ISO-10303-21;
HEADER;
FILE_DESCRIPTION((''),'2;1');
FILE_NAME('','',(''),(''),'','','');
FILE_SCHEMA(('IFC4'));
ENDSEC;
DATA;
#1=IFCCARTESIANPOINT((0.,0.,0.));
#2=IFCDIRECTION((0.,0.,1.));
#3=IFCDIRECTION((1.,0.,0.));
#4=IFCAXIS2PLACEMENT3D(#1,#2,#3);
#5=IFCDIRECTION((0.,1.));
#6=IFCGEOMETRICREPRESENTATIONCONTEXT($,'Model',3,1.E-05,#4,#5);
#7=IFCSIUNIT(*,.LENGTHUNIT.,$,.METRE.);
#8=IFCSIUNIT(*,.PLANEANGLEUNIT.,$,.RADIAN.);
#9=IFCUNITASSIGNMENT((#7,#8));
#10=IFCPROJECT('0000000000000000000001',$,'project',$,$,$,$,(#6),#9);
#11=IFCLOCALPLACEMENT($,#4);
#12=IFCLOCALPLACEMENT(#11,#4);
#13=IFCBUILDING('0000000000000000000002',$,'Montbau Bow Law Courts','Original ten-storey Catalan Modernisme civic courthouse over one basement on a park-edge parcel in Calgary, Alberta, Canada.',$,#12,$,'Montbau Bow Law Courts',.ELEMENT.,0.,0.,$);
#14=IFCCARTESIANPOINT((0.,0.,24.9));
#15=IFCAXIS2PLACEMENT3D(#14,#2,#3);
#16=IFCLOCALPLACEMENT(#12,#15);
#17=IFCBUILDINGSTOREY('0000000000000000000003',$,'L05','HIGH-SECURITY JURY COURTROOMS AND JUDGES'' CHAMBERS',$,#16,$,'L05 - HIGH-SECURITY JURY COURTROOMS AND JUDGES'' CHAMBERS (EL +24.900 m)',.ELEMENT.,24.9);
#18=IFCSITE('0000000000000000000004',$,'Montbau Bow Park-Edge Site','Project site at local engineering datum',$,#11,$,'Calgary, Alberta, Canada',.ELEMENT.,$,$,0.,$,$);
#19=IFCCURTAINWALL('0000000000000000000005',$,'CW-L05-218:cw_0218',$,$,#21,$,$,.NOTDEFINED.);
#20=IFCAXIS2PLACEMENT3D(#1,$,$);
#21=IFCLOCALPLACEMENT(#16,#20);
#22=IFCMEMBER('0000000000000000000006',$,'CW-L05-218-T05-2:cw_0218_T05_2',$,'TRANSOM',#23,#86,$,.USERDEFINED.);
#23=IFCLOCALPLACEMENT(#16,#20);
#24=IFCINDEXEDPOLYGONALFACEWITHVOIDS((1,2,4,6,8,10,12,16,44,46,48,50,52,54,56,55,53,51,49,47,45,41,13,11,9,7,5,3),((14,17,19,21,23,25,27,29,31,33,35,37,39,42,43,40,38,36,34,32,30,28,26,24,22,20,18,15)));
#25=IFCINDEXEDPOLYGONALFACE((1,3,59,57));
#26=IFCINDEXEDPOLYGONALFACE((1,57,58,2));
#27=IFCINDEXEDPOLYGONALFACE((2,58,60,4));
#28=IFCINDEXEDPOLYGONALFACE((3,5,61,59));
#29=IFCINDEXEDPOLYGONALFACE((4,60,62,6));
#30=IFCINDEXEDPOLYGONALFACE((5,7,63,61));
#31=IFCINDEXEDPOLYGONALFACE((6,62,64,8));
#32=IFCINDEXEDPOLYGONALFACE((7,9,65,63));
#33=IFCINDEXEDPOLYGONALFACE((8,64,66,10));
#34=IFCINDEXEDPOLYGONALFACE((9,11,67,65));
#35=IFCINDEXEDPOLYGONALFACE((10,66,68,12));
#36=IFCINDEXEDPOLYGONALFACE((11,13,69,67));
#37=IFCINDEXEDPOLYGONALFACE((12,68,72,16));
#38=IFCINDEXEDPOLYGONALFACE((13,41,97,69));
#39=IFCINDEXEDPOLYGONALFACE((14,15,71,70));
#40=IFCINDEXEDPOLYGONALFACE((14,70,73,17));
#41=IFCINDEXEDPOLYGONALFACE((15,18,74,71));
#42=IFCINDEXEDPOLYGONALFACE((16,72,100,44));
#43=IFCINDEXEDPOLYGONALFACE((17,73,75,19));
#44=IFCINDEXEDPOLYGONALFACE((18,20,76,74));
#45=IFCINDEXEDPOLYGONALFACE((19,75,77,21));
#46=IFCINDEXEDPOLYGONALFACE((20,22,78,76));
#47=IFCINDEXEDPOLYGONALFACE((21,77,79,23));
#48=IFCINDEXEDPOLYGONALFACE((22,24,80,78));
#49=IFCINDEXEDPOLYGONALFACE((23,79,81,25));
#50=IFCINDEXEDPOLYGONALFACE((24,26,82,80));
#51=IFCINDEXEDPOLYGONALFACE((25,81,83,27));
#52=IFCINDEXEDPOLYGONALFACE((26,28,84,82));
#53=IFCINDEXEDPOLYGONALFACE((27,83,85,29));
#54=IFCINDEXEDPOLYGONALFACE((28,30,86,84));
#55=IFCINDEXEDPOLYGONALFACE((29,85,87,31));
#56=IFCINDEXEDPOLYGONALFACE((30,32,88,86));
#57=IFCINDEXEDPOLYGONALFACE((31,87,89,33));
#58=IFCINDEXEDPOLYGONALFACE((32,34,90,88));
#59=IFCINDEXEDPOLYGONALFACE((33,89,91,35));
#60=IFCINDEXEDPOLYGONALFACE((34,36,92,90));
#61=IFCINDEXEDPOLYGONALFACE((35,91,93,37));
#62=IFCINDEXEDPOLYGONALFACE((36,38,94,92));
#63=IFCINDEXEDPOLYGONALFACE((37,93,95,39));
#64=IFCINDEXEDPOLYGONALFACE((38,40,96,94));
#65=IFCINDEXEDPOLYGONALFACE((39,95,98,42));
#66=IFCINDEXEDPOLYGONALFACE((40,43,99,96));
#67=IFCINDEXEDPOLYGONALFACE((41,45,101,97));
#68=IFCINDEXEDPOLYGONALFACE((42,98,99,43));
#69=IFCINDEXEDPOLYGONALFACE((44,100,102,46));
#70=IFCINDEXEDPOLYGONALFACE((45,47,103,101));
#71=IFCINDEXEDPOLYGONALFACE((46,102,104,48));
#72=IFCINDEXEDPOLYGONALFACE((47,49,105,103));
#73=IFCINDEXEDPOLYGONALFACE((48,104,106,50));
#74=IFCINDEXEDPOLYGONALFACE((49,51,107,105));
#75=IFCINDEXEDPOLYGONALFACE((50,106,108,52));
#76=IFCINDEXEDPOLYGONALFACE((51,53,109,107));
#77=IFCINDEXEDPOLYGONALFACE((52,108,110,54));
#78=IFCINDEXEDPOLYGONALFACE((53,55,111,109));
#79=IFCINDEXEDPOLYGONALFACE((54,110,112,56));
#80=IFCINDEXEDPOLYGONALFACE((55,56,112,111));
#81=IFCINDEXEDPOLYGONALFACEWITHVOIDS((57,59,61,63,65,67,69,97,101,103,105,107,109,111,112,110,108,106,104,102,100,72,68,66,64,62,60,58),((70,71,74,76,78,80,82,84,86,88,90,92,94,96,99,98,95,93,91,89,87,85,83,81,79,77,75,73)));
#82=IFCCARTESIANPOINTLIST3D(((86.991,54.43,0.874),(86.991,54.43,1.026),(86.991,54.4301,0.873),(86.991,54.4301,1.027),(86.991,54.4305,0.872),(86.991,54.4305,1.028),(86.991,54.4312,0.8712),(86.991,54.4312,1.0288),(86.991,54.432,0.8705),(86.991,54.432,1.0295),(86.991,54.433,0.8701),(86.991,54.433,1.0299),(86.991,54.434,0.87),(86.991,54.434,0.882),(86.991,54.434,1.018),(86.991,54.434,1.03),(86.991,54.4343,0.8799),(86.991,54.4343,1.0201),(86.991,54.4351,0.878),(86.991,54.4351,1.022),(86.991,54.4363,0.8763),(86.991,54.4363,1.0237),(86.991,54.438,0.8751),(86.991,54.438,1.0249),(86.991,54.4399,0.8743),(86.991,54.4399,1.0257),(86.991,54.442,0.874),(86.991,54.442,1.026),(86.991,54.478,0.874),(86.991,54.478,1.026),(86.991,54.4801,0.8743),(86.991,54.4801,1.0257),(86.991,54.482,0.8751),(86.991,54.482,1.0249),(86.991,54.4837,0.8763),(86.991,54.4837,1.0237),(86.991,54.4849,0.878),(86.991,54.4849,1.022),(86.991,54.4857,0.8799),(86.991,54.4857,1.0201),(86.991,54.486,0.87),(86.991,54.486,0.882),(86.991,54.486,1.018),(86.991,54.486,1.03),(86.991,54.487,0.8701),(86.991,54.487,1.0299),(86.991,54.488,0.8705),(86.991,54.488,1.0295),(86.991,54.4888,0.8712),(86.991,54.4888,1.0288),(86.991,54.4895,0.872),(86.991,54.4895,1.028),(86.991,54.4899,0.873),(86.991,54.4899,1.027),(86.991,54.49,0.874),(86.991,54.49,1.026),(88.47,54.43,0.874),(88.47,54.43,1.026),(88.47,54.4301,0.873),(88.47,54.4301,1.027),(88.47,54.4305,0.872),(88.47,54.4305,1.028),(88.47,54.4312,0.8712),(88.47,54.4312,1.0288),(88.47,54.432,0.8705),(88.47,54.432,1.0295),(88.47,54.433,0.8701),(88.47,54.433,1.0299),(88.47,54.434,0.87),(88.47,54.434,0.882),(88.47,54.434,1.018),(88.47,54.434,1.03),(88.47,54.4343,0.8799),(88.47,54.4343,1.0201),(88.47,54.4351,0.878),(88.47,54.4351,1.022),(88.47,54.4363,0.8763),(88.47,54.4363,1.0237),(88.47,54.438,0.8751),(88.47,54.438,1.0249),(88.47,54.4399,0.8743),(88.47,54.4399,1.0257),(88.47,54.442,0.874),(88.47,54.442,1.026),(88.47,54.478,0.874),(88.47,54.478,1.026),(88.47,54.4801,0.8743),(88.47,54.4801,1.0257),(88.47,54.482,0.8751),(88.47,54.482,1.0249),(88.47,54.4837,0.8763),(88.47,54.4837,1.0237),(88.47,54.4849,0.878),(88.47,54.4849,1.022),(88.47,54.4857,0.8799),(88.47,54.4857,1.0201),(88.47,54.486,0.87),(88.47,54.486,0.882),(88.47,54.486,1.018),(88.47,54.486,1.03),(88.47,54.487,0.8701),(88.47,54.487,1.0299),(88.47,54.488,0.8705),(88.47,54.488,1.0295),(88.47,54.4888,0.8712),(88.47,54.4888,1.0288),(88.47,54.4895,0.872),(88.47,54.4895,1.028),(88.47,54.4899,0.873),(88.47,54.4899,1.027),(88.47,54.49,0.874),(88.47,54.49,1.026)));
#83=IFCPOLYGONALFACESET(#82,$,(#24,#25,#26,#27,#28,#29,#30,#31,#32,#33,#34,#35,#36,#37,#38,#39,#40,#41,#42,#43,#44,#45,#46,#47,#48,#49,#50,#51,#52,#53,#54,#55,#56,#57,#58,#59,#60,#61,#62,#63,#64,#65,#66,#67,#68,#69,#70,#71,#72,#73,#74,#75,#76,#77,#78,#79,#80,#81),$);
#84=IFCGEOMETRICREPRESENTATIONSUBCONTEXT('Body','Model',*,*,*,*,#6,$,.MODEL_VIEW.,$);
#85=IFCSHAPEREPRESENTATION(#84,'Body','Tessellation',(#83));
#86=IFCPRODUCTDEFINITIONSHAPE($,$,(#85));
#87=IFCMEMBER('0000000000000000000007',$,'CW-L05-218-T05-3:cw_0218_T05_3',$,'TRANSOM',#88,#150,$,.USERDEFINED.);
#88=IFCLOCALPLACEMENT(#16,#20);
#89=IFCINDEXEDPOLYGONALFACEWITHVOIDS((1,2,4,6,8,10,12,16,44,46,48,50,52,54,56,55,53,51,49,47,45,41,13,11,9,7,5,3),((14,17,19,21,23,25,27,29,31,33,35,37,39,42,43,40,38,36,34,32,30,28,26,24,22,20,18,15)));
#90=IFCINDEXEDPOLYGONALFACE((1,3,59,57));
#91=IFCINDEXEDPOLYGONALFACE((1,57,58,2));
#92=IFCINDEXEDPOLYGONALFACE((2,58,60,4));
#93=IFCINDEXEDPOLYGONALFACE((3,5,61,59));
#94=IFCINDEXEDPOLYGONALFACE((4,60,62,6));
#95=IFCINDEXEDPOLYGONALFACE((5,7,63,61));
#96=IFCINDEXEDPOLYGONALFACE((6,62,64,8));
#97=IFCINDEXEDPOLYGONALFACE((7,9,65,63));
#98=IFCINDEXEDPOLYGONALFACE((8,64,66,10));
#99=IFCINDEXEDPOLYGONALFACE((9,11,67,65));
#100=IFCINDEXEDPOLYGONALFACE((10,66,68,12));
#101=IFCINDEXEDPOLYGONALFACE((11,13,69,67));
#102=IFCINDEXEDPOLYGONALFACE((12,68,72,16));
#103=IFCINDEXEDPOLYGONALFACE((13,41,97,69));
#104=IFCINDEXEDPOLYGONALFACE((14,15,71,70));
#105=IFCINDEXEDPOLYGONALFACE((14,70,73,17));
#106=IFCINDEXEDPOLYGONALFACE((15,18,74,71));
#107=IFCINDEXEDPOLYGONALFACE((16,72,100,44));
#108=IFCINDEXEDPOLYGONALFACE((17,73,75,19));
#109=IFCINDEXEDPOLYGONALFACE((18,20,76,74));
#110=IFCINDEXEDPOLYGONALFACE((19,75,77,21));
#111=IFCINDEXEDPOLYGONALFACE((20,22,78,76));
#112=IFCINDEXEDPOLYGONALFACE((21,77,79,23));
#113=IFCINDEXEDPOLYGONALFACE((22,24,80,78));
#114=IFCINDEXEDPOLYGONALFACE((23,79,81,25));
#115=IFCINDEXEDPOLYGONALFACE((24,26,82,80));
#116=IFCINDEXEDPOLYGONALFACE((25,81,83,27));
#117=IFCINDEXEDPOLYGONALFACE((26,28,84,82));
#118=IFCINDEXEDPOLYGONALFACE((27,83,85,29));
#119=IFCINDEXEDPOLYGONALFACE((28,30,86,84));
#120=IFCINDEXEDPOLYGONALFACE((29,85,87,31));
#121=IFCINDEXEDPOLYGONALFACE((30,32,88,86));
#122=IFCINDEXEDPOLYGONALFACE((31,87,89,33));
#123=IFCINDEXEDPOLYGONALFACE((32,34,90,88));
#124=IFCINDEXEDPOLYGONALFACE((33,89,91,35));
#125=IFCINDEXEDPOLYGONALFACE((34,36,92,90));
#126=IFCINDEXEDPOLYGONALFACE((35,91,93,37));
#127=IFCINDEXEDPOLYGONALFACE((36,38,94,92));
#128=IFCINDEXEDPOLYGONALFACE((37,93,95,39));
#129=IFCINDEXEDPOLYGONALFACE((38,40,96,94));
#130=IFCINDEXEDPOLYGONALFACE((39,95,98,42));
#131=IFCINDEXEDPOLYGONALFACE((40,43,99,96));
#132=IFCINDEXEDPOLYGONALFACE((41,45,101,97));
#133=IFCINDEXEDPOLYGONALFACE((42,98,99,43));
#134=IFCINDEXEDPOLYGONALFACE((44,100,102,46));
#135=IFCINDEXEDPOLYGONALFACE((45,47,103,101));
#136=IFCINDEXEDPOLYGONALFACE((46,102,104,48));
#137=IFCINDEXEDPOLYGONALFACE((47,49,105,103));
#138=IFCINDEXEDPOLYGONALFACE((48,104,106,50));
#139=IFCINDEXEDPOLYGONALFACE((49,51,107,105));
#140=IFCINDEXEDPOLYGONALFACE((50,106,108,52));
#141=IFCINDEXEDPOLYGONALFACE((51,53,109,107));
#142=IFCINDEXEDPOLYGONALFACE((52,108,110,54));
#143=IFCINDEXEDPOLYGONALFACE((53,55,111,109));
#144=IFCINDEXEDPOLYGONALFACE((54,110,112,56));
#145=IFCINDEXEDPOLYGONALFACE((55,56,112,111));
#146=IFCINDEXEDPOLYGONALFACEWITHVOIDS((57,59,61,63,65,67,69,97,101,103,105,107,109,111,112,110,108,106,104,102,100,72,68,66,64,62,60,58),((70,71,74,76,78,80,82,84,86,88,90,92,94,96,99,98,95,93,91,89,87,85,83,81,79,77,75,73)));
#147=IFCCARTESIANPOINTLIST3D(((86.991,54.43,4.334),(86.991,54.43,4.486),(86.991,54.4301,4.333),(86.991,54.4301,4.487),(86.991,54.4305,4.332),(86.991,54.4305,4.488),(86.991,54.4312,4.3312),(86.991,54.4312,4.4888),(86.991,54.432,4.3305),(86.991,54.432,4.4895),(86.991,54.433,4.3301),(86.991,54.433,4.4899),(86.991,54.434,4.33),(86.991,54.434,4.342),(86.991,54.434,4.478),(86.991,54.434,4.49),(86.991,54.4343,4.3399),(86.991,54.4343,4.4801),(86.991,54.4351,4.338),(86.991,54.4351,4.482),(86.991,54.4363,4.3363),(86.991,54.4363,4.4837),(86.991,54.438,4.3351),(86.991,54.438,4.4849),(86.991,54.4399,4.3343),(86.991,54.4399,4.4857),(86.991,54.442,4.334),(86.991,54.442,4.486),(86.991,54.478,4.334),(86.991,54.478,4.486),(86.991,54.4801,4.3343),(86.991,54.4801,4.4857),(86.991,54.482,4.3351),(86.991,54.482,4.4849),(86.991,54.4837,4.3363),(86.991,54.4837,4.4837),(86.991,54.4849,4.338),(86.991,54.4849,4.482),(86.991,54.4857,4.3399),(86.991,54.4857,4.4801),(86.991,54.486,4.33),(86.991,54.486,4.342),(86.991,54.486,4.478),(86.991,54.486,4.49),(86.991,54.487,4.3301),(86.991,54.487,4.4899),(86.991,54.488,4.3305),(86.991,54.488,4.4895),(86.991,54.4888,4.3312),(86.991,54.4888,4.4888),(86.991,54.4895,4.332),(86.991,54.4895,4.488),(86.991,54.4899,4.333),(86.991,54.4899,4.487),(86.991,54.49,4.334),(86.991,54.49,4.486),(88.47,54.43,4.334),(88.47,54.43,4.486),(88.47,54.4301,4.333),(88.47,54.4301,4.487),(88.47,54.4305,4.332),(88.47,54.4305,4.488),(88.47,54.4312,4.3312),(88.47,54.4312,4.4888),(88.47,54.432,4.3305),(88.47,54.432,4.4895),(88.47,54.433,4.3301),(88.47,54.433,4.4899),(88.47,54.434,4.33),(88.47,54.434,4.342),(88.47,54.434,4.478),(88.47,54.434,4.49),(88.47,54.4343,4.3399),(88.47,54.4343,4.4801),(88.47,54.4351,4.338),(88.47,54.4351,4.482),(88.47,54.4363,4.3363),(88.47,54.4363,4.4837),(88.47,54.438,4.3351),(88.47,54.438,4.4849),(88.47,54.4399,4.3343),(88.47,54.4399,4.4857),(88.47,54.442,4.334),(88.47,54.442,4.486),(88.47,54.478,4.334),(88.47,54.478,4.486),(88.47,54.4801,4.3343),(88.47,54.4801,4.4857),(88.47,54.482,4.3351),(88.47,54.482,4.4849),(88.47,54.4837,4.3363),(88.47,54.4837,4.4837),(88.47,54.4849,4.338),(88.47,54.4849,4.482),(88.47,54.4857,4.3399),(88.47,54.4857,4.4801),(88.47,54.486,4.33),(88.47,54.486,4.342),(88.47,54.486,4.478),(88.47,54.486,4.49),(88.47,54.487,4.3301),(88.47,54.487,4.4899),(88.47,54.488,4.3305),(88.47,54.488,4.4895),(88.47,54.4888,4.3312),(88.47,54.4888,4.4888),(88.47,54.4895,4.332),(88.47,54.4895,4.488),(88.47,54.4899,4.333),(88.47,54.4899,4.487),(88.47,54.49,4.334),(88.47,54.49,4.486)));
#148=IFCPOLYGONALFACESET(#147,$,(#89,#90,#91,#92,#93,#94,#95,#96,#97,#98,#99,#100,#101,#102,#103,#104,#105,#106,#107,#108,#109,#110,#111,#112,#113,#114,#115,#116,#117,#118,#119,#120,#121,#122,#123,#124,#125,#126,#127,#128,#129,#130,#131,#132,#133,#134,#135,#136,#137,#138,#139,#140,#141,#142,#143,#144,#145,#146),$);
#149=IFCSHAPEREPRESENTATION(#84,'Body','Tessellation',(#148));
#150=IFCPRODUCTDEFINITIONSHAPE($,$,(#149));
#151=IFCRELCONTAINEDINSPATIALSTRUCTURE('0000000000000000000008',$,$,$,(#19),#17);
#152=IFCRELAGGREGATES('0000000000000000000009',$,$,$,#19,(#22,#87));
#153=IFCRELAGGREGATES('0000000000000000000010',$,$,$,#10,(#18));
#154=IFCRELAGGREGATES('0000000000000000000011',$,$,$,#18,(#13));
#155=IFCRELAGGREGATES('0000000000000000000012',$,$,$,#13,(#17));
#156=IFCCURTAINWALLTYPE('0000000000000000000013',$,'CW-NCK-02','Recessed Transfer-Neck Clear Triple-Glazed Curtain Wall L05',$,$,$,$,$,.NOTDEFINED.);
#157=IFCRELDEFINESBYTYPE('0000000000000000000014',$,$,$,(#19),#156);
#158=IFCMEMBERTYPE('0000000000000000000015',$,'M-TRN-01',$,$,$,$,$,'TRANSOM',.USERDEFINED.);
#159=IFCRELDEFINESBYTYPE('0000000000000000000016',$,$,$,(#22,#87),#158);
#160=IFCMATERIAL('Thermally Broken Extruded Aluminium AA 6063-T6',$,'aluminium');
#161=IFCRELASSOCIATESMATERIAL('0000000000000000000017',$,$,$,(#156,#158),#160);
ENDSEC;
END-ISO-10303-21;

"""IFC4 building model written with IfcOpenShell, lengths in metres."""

from ifc_helpers import new_model, si_unit, direction, frame, origin_with_axes, origin_2d_with_axis, place, context, subcontext, project, spatial, hollow_rectangle, extrude, material, material_profile, profile_set, type_object, element, aggregate, save


model = new_model("IFC4")

# Units and contexts
model_context = context("Model", 3, precision=1e-05, world=origin_with_axes(), true_north=direction((0.0, 1.0)))
body_context = subcontext(model_context, "Body", "Model", "MODEL_VIEW")
ifc_project = project(units=[si_unit("LENGTHUNIT", "METRE"), si_unit("PLANEANGLEUNIT", "RADIAN")], contexts=[model_context])

# Site, building, storey
site_placement = place(None, origin_with_axes())
site = spatial("IfcSite", under=ifc_project, at=site_placement, Name="Montbau Bow Park-Edge Site", Description="Project site at local engineering datum", LongName="Calgary, Alberta, Canada", CompositionType="ELEMENT", RefElevation=0.0)
building_placement = place(site_placement, origin_with_axes())
building = spatial("IfcBuilding", under=site, at=building_placement, Name="Montbau Bow Law Courts", Description="Original ten-storey Catalan Modernisme civic courthouse over one basement on a park-edge parcel in Calgary, Alberta, Canada.", LongName="Montbau Bow Law Courts", CompositionType="ELEMENT", ElevationOfRefHeight=0.0, ElevationOfTerrain=0.0)
storey_placement = place(building_placement, frame((0.0, 0.0, 24.9), z_axis=(0.0, 0.0, 1.0), x_axis=(1.0, 0.0, 0.0)))
storey = spatial("IfcBuildingStorey", under=building, at=storey_placement, Name="L05", Description="HIGH-SECURITY JURY COURTROOMS AND JUDGES' CHAMBERS", LongName="L05 - HIGH-SECURITY JURY COURTROOMS AND JUDGES' CHAMBERS (EL +24.900 m)", CompositionType="ELEMENT", Elevation=24.9)

# Curtain wall, members
ifc_material_1 = material(Name="Thermally Broken Extruded Aluminium AA 6063-T6", Category="aluminium")
curtain_wall_type = type_object("IfcCurtainWallType", Name="CW-NCK-02", Description="Recessed Transfer-Neck Clear Triple-Glazed Curtain Wall L05", PredefinedType="NOTDEFINED", material=ifc_material_1)
curtain_wall_1_placement = place(None, frame((80.668, 54.46, 24.9), z_axis=(0.0, 0.0, 1.0), x_axis=(1.0, 0.0, 0.0)))
curtain_wall_1 = element("IfcCurtainWall", 1, at=curtain_wall_1_placement, inside=storey, type_object=curtain_wall_type, Name="CW-L05-218:cw_0218", PredefinedType="NOTDEFINED")
ifc_material_profile_1 = material_profile(ifc_material_1, hollow_rectangle(XDim=0.06, YDim=0.16, WallThickness=0.004, InnerFilletRadius=0.008, OuterFilletRadius=0.004, at=origin_2d_with_axis()), Name="CWT-160X60", Category="Main", Priority=0)
ifc_profile_set_1 = profile_set([ifc_material_profile_1], Name="Thermally Broken Extruded Aluminium AA 6063-T6")
member_type_1 = type_object("IfcMemberType", Name="M-TRN-01", ElementType="TRANSOM", PredefinedType="USERDEFINED", material=ifc_profile_set_1)
member_1_placement = place(None, frame((86.991, 54.46, 25.85), z_axis=(1.0, 0.0, 0.0), x_axis=(0.0, 1.0, 0.0)))
member_1 = element("IfcMember", 2, at=member_1_placement, type_object=member_type_1, Name="CW-L05-218-T05-2:cw_0218_T05_2", ObjectType="TRANSOM", PredefinedType="USERDEFINED", context=body_context, shape_type="SweptSolid", body=[
    extrude(hollow_rectangle(XDim=0.06, YDim=0.16, WallThickness=0.004, InnerFilletRadius=0.008, OuterFilletRadius=0.004, at=origin_2d_with_axis()), origin_with_axes(), (0.0, 0.0, 1.0), 1.479),
])
member_2_placement = place(None, frame((86.991, 54.46, 29.31), z_axis=(1.0, 0.0, 0.0), x_axis=(0.0, 1.0, 0.0)))
member_2 = element("IfcMember", 3, at=member_2_placement, type_object=member_type_1, Name="CW-L05-218-T05-3:cw_0218_T05_3", ObjectType="TRANSOM", PredefinedType="USERDEFINED", context=body_context, shape_type="SweptSolid", body=[
    extrude(hollow_rectangle(XDim=0.06, YDim=0.16, WallThickness=0.004, InnerFilletRadius=0.008, OuterFilletRadius=0.004, at=origin_2d_with_axis()), origin_with_axes(), (0.0, 0.0, 1.0), 1.479),
])

aggregate(curtain_wall_1, [member_1, member_2])

save(model, "model.ifc")
